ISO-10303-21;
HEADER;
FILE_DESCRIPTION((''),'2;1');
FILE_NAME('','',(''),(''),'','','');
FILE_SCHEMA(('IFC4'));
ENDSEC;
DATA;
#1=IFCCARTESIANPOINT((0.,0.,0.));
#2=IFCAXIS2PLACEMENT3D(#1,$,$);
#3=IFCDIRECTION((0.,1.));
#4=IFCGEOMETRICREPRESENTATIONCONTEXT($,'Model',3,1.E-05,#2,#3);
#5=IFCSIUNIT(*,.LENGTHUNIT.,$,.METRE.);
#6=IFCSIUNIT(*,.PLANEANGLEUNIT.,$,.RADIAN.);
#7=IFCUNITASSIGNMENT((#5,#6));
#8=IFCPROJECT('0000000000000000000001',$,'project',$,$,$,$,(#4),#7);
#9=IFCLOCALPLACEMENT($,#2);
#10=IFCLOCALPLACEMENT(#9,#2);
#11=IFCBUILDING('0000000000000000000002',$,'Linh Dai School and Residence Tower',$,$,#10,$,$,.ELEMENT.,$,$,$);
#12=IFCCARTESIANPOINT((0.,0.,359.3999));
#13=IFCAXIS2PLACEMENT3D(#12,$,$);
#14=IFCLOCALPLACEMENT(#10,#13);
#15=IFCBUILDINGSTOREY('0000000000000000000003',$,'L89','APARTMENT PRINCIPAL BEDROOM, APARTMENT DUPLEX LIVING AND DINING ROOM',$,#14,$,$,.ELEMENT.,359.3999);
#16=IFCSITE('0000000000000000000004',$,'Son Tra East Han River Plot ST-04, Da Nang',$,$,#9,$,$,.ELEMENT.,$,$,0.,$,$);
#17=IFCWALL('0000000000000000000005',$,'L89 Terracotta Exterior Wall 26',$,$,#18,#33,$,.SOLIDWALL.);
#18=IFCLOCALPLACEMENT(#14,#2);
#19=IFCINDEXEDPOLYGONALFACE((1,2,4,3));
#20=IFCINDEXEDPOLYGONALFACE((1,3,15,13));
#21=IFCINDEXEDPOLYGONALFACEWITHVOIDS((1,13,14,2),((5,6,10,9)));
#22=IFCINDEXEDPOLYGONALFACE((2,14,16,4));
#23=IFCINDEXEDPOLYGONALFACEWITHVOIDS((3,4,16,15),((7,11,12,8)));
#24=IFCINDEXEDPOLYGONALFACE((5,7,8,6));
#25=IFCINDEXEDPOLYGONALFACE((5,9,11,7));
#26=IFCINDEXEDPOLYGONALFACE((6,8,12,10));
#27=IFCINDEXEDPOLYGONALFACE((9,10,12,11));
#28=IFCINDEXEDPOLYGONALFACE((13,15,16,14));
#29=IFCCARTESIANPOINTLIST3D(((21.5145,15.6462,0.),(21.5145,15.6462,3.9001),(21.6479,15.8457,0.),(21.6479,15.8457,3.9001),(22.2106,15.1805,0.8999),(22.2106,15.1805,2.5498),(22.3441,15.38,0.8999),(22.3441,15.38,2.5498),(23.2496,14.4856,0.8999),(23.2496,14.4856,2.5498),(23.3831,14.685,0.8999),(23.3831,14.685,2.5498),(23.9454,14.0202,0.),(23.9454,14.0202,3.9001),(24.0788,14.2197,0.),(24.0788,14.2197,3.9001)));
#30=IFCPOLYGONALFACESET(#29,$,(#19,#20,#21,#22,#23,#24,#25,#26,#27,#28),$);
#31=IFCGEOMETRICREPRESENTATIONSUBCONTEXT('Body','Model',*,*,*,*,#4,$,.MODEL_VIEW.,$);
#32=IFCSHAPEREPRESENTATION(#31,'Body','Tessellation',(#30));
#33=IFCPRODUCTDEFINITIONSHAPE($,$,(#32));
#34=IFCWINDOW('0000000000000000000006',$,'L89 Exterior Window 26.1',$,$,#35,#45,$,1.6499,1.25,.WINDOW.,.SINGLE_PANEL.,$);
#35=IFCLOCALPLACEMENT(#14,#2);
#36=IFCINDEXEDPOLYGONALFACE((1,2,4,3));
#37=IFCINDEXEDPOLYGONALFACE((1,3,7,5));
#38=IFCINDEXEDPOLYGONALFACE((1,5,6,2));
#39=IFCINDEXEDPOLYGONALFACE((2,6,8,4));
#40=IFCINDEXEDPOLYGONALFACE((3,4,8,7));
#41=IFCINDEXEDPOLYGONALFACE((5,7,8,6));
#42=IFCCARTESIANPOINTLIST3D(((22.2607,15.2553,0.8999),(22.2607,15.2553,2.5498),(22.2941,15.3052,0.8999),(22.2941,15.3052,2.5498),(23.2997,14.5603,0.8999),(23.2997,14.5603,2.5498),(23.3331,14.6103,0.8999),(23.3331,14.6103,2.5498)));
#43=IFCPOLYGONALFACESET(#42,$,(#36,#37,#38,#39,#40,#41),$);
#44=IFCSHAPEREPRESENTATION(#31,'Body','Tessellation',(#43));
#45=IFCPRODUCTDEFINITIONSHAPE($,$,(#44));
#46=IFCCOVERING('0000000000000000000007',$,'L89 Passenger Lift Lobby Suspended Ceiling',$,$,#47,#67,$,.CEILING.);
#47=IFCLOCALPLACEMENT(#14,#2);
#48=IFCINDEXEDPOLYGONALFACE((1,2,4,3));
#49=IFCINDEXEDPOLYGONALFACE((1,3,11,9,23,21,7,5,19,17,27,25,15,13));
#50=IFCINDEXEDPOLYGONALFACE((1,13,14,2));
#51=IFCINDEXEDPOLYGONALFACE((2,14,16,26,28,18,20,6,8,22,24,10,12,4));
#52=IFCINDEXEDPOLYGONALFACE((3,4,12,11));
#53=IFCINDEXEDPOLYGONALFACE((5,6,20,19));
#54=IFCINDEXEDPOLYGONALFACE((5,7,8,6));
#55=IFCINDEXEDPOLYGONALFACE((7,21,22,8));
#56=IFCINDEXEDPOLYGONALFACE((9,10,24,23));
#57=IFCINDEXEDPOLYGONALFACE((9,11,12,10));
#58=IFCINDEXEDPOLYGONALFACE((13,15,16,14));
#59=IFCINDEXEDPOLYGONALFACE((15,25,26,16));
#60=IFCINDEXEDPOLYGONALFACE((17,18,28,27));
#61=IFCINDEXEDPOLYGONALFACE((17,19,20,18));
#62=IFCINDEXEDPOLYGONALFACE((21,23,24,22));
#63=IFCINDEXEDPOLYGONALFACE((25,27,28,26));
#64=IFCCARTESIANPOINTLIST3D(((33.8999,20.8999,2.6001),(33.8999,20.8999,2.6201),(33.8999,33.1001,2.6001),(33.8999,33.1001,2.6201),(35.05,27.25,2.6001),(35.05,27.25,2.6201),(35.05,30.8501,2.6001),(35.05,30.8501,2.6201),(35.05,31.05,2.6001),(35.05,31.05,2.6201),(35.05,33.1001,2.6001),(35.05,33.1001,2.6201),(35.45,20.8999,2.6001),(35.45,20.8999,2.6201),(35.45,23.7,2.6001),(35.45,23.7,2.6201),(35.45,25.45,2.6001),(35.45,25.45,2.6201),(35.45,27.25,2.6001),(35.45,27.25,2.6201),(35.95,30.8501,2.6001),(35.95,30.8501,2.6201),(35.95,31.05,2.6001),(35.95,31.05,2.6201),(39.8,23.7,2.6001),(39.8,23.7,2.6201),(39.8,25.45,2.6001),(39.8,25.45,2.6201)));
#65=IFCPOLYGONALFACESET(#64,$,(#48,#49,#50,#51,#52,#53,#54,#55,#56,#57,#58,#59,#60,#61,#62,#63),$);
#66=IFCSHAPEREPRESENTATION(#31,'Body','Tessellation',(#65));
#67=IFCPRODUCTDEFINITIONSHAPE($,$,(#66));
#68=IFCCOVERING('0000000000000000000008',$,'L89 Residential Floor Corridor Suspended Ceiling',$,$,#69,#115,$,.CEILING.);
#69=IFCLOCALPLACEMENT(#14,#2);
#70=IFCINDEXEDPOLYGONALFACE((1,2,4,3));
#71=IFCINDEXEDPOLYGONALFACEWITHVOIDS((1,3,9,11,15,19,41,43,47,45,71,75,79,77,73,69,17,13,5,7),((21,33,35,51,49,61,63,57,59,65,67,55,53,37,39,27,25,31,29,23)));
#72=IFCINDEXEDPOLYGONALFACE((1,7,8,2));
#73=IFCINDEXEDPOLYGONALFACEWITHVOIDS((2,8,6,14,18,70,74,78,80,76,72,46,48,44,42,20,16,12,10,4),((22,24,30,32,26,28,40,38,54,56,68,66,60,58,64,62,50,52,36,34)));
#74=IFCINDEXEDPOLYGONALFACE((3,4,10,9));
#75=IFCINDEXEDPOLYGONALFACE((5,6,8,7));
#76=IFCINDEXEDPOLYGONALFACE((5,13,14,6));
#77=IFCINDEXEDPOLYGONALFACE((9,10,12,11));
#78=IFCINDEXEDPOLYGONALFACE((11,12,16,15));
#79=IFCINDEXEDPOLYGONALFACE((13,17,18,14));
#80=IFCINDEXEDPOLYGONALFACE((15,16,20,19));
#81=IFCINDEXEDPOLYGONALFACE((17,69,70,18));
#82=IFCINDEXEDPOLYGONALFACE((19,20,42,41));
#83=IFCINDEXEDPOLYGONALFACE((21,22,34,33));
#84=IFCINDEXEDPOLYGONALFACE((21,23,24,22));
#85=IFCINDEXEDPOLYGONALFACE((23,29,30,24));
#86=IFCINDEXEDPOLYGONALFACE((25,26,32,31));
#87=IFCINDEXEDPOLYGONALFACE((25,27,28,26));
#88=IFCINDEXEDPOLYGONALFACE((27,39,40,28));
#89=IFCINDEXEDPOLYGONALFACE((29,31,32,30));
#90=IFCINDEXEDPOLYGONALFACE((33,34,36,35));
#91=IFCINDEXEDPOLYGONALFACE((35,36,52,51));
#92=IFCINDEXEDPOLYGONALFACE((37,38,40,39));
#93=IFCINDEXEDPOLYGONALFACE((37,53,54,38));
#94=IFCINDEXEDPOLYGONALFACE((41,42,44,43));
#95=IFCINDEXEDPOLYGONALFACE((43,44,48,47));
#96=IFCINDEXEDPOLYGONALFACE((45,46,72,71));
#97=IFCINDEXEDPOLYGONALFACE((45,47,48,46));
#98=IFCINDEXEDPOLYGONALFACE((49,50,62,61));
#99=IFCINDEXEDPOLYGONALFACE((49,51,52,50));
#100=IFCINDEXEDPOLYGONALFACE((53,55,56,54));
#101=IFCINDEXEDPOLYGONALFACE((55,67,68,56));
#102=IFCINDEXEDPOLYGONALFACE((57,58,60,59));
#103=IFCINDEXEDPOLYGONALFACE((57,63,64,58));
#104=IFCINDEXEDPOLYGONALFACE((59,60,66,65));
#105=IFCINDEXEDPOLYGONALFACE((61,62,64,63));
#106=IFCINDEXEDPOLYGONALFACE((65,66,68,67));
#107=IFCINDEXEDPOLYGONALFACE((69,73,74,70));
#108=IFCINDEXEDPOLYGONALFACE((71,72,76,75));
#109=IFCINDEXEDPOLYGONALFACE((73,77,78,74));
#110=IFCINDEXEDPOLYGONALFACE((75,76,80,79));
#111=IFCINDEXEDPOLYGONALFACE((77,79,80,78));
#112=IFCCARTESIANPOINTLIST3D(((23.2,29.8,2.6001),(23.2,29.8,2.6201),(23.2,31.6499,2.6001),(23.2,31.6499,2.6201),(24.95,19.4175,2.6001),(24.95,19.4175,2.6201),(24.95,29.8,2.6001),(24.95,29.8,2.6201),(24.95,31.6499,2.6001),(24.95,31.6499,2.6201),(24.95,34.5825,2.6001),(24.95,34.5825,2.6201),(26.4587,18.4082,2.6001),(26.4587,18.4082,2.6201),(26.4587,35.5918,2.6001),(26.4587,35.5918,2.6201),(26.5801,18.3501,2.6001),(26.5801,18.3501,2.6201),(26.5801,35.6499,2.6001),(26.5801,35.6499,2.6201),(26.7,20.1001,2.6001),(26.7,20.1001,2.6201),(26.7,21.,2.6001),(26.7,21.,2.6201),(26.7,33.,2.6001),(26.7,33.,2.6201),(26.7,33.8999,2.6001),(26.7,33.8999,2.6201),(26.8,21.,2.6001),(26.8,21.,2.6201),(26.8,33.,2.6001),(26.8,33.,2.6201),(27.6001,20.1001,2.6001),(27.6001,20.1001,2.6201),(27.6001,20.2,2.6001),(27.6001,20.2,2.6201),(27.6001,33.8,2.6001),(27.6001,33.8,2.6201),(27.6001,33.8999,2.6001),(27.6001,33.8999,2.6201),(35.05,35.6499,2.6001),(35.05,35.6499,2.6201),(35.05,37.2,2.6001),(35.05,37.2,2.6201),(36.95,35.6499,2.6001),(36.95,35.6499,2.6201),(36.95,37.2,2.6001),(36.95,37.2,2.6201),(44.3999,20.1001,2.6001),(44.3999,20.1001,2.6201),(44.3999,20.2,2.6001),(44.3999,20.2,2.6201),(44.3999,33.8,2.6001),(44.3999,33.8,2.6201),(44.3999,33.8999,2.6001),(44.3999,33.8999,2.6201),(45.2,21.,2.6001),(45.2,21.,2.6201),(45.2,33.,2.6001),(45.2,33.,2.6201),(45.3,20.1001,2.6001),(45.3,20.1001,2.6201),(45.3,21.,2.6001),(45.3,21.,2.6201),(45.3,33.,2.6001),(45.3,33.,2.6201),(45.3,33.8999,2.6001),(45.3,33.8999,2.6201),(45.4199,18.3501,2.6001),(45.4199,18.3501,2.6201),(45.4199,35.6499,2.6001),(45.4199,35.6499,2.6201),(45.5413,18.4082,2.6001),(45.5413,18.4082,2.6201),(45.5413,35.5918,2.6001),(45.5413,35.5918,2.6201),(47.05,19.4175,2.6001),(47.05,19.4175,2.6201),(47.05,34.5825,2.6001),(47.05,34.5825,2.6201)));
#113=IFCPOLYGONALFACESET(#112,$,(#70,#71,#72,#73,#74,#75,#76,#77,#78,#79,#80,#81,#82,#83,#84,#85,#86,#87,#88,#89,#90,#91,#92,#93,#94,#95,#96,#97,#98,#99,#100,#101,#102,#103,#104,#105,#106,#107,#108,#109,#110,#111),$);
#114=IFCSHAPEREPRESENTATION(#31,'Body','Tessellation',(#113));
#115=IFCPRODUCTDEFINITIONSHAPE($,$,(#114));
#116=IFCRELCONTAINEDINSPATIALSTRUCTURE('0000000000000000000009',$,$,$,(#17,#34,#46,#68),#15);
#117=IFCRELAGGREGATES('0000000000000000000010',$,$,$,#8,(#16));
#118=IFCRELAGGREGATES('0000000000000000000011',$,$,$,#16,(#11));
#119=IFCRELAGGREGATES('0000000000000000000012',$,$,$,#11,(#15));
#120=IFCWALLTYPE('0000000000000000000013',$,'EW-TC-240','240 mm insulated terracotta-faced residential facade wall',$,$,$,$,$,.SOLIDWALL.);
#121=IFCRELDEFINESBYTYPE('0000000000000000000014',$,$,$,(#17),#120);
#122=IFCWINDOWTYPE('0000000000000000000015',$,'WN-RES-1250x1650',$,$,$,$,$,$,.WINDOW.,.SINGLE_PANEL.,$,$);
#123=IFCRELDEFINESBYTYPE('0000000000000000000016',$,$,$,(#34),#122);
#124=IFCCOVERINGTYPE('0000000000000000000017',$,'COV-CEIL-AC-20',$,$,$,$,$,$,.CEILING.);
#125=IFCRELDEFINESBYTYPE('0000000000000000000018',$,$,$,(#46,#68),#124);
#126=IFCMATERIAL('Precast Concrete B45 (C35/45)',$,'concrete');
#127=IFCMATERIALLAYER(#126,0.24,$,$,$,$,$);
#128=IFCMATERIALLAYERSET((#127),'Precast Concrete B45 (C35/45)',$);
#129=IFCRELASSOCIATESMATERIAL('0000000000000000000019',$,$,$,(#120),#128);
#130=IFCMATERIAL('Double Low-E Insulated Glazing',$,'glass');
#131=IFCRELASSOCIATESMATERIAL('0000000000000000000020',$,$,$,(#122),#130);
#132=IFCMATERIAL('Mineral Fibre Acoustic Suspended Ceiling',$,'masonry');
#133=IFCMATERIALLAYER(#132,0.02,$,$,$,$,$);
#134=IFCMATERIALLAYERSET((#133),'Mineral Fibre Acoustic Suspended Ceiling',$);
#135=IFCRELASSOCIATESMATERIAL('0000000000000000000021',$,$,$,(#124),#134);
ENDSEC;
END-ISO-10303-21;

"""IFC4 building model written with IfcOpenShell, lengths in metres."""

from ifc_helpers import new_model, si_unit, direction, frame, frame_2d, origin, origin_2d, place, context, subcontext, project, spatial, polyline, rectangle, outline, extrude, source, transform, mapped, material, layer, layer_set, type_object, element, fill, save


model = new_model("IFC4")

# Units and contexts
model_context = context("Model", 3, precision=1e-05, world=origin(), true_north=direction((0.0, 1.0)))
body_context = subcontext(model_context, "Body", "Model", "MODEL_VIEW")
ifc_project = project(units=[si_unit("LENGTHUNIT", "METRE"), si_unit("PLANEANGLEUNIT", "RADIAN")], contexts=[model_context])

# Site, building, storey
site_placement = place(None, origin())
site = spatial("IfcSite", under=ifc_project, at=site_placement, Name="Son Tra East Han River Plot ST-04, Da Nang", CompositionType="ELEMENT", RefElevation=0.0)
building_placement = place(site_placement, origin())
building = spatial("IfcBuilding", under=site, at=building_placement, Name="Linh Dai School and Residence Tower", CompositionType="ELEMENT")
storey_placement = place(building_placement, frame((0.0, 0.0, 359.3999)))
storey = spatial("IfcBuildingStorey", under=building, at=storey_placement, Name="L89", Description="APARTMENT PRINCIPAL BEDROOM, APARTMENT DUPLEX LIVING AND DINING ROOM", CompositionType="ELEMENT", Elevation=359.3999)

# Shared definitions
ifc_material_1 = material(Name="Double Low-E Insulated Glazing", Category="glass")

# Wall, opening, window
ifc_material_2 = material(Name="Precast Concrete B45 (C35/45)", Category="concrete")
ifc_layer_1 = layer(ifc_material_2, 0.24)
ifc_layer_set_1 = layer_set([ifc_layer_1], Name="Precast Concrete B45 (C35/45)")
wall_type = type_object("IfcWallType", Name="EW-TC-240", Description="240 mm insulated terracotta-faced residential facade wall", PredefinedType="SOLIDWALL", material=ifc_layer_set_1)
window_type = type_object("IfcWindowType", Name="WN-RES-1250x1650", PartitioningType="SINGLE_PANEL", PredefinedType="WINDOW", material=ifc_material_1)
shared_shape_1 = source(origin(), body_context, "Body", "SweptSolid", [
    extrude(rectangle(XDim=1.25, YDim=1.6499, at=origin_2d()), frame((0.625, 0.03, 0.825), z_axis=(0.0, -1.0, 0.0), x_axis=(1.0, 0.0, 0.0)), (0.0, 0.0, 1.0), 0.0601),
])
wall_1_placement = place(storey_placement, frame((24.0122, 14.1199, 0.0), z_axis=(0.0, 0.0, 1.0), x_axis=(-0.831202, 0.555971, 0.0)))
wall_1 = element("IfcWall", 1, at=wall_1_placement, inside=storey, type_object=wall_type, Name="L89 Terracotta Exterior Wall 26", PredefinedType="SOLIDWALL", context=body_context, shape_type="SweptSolid", body=[
    extrude(rectangle(XDim=2.9246, YDim=0.24, at=frame_2d((1.4624, 0.0))), origin(), (0.0, 0.0, 1.0), 3.9001),
])
opening_1_placement = place(wall_1_placement, frame((0.8372, 0.0, 0.8999)))
opening_1 = element("IfcOpeningElement", 2, at=opening_1_placement, cuts=wall_1, PredefinedType="OPENING", context=body_context, shape_type="SweptSolid", body=[
    extrude(rectangle(XDim=1.25, YDim=1.6499, at=origin_2d()), frame((0.625, 0.1299, 0.825), z_axis=(0.0, -1.0, 0.0), x_axis=(1.0, 0.0, 0.0)), (0.0, 0.0, 1.0), 0.26),
])
window_1_placement = place(opening_1_placement, origin())
window_1 = element("IfcWindow", 3, at=window_1_placement, inside=storey, type_object=window_type, Name="L89 Exterior Window 26.1", OverallHeight=1.6499, OverallWidth=1.25, PartitioningType="SINGLE_PANEL", PredefinedType="WINDOW", context=body_context, shape_type="MappedRepresentation", body=[
    mapped(shared_shape_1, transform((0.0, 0.0, 0.0), x_axis=(1.0, 0.0, 0.0), y_axis=(0.0, 1.0, 0.0), z_axis=(0.0, 0.0, 1.0), scale=1.0)),
])
fill(opening_1, window_1)

# Coverings
ifc_material_3 = material(Name="Mineral Fibre Acoustic Suspended Ceiling", Category="masonry")
ifc_layer_2 = layer(ifc_material_3, 0.02)
ifc_layer_set_2 = layer_set([ifc_layer_2], Name="Mineral Fibre Acoustic Suspended Ceiling")
covering_type_1 = type_object("IfcCoveringType", Name="COV-CEIL-AC-20", PredefinedType="CEILING", material=ifc_layer_set_2)
covering_1_placement = place(storey_placement, frame((0.0, 0.0, 2.6001)))
element("IfcCovering", 4, at=covering_1_placement, inside=storey, type_object=covering_type_1, Name="L89 Passenger Lift Lobby Suspended Ceiling", PredefinedType="CEILING", context=body_context, shape_type="SweptSolid", body=[
    extrude(outline(polyline([(35.05, 33.1001), (35.05, 31.05), (35.95, 31.05), (35.95, 30.8501), (35.05, 30.8501), (35.05, 27.25), (35.45, 27.25), (35.45, 25.45), (39.8, 25.45), (39.8, 23.7), (35.45, 23.7), (35.45, 20.8999), (33.8999, 20.8999), (33.8999, 33.1001), (35.05, 33.1001)])), origin(), (0.0, 0.0, 1.0), 0.02),
])
covering_2_placement = place(storey_placement, frame((0.0, 0.0, 2.6001)))
element("IfcCovering", 5, at=covering_2_placement, inside=storey, type_object=covering_type_1, Name="L89 Residential Floor Corridor Suspended Ceiling", PredefinedType="CEILING", context=body_context, shape_type="SweptSolid", body=[
    extrude(outline(polyline([(23.2, 31.6499), (24.95, 31.6499), (24.95, 34.5825), (26.4587, 35.5918), (26.5801, 35.6499), (35.05, 35.6499), (35.05, 37.2), (36.95, 37.2), (36.95, 35.6499), (45.4199, 35.6499), (45.5413, 35.5918), (47.05, 34.5825), (47.05, 19.4175), (45.5413, 18.4082), (45.4199, 18.3501), (26.5801, 18.3501), (26.4587, 18.4082), (24.95, 19.4175), (24.95, 29.8), (23.2, 29.8), (23.2, 31.6499)]), holes=[polyline([(27.6001, 33.8), (27.6001, 33.8999), (26.7, 33.8999), (26.7, 33.0), (26.8, 33.0), (26.8, 21.0), (26.7, 21.0), (26.7, 20.1001), (27.6001, 20.1001), (27.6001, 20.2), (44.3999, 20.2), (44.3999, 20.1001), (45.3, 20.1001), (45.3, 21.0), (45.2, 21.0), (45.2, 33.0), (45.3, 33.0), (45.3, 33.8999), (44.3999, 33.8999), (44.3999, 33.8), (27.6001, 33.8)])]), origin(), (0.0, 0.0, 1.0), 0.02),
])

save(model, "model.ifc")
